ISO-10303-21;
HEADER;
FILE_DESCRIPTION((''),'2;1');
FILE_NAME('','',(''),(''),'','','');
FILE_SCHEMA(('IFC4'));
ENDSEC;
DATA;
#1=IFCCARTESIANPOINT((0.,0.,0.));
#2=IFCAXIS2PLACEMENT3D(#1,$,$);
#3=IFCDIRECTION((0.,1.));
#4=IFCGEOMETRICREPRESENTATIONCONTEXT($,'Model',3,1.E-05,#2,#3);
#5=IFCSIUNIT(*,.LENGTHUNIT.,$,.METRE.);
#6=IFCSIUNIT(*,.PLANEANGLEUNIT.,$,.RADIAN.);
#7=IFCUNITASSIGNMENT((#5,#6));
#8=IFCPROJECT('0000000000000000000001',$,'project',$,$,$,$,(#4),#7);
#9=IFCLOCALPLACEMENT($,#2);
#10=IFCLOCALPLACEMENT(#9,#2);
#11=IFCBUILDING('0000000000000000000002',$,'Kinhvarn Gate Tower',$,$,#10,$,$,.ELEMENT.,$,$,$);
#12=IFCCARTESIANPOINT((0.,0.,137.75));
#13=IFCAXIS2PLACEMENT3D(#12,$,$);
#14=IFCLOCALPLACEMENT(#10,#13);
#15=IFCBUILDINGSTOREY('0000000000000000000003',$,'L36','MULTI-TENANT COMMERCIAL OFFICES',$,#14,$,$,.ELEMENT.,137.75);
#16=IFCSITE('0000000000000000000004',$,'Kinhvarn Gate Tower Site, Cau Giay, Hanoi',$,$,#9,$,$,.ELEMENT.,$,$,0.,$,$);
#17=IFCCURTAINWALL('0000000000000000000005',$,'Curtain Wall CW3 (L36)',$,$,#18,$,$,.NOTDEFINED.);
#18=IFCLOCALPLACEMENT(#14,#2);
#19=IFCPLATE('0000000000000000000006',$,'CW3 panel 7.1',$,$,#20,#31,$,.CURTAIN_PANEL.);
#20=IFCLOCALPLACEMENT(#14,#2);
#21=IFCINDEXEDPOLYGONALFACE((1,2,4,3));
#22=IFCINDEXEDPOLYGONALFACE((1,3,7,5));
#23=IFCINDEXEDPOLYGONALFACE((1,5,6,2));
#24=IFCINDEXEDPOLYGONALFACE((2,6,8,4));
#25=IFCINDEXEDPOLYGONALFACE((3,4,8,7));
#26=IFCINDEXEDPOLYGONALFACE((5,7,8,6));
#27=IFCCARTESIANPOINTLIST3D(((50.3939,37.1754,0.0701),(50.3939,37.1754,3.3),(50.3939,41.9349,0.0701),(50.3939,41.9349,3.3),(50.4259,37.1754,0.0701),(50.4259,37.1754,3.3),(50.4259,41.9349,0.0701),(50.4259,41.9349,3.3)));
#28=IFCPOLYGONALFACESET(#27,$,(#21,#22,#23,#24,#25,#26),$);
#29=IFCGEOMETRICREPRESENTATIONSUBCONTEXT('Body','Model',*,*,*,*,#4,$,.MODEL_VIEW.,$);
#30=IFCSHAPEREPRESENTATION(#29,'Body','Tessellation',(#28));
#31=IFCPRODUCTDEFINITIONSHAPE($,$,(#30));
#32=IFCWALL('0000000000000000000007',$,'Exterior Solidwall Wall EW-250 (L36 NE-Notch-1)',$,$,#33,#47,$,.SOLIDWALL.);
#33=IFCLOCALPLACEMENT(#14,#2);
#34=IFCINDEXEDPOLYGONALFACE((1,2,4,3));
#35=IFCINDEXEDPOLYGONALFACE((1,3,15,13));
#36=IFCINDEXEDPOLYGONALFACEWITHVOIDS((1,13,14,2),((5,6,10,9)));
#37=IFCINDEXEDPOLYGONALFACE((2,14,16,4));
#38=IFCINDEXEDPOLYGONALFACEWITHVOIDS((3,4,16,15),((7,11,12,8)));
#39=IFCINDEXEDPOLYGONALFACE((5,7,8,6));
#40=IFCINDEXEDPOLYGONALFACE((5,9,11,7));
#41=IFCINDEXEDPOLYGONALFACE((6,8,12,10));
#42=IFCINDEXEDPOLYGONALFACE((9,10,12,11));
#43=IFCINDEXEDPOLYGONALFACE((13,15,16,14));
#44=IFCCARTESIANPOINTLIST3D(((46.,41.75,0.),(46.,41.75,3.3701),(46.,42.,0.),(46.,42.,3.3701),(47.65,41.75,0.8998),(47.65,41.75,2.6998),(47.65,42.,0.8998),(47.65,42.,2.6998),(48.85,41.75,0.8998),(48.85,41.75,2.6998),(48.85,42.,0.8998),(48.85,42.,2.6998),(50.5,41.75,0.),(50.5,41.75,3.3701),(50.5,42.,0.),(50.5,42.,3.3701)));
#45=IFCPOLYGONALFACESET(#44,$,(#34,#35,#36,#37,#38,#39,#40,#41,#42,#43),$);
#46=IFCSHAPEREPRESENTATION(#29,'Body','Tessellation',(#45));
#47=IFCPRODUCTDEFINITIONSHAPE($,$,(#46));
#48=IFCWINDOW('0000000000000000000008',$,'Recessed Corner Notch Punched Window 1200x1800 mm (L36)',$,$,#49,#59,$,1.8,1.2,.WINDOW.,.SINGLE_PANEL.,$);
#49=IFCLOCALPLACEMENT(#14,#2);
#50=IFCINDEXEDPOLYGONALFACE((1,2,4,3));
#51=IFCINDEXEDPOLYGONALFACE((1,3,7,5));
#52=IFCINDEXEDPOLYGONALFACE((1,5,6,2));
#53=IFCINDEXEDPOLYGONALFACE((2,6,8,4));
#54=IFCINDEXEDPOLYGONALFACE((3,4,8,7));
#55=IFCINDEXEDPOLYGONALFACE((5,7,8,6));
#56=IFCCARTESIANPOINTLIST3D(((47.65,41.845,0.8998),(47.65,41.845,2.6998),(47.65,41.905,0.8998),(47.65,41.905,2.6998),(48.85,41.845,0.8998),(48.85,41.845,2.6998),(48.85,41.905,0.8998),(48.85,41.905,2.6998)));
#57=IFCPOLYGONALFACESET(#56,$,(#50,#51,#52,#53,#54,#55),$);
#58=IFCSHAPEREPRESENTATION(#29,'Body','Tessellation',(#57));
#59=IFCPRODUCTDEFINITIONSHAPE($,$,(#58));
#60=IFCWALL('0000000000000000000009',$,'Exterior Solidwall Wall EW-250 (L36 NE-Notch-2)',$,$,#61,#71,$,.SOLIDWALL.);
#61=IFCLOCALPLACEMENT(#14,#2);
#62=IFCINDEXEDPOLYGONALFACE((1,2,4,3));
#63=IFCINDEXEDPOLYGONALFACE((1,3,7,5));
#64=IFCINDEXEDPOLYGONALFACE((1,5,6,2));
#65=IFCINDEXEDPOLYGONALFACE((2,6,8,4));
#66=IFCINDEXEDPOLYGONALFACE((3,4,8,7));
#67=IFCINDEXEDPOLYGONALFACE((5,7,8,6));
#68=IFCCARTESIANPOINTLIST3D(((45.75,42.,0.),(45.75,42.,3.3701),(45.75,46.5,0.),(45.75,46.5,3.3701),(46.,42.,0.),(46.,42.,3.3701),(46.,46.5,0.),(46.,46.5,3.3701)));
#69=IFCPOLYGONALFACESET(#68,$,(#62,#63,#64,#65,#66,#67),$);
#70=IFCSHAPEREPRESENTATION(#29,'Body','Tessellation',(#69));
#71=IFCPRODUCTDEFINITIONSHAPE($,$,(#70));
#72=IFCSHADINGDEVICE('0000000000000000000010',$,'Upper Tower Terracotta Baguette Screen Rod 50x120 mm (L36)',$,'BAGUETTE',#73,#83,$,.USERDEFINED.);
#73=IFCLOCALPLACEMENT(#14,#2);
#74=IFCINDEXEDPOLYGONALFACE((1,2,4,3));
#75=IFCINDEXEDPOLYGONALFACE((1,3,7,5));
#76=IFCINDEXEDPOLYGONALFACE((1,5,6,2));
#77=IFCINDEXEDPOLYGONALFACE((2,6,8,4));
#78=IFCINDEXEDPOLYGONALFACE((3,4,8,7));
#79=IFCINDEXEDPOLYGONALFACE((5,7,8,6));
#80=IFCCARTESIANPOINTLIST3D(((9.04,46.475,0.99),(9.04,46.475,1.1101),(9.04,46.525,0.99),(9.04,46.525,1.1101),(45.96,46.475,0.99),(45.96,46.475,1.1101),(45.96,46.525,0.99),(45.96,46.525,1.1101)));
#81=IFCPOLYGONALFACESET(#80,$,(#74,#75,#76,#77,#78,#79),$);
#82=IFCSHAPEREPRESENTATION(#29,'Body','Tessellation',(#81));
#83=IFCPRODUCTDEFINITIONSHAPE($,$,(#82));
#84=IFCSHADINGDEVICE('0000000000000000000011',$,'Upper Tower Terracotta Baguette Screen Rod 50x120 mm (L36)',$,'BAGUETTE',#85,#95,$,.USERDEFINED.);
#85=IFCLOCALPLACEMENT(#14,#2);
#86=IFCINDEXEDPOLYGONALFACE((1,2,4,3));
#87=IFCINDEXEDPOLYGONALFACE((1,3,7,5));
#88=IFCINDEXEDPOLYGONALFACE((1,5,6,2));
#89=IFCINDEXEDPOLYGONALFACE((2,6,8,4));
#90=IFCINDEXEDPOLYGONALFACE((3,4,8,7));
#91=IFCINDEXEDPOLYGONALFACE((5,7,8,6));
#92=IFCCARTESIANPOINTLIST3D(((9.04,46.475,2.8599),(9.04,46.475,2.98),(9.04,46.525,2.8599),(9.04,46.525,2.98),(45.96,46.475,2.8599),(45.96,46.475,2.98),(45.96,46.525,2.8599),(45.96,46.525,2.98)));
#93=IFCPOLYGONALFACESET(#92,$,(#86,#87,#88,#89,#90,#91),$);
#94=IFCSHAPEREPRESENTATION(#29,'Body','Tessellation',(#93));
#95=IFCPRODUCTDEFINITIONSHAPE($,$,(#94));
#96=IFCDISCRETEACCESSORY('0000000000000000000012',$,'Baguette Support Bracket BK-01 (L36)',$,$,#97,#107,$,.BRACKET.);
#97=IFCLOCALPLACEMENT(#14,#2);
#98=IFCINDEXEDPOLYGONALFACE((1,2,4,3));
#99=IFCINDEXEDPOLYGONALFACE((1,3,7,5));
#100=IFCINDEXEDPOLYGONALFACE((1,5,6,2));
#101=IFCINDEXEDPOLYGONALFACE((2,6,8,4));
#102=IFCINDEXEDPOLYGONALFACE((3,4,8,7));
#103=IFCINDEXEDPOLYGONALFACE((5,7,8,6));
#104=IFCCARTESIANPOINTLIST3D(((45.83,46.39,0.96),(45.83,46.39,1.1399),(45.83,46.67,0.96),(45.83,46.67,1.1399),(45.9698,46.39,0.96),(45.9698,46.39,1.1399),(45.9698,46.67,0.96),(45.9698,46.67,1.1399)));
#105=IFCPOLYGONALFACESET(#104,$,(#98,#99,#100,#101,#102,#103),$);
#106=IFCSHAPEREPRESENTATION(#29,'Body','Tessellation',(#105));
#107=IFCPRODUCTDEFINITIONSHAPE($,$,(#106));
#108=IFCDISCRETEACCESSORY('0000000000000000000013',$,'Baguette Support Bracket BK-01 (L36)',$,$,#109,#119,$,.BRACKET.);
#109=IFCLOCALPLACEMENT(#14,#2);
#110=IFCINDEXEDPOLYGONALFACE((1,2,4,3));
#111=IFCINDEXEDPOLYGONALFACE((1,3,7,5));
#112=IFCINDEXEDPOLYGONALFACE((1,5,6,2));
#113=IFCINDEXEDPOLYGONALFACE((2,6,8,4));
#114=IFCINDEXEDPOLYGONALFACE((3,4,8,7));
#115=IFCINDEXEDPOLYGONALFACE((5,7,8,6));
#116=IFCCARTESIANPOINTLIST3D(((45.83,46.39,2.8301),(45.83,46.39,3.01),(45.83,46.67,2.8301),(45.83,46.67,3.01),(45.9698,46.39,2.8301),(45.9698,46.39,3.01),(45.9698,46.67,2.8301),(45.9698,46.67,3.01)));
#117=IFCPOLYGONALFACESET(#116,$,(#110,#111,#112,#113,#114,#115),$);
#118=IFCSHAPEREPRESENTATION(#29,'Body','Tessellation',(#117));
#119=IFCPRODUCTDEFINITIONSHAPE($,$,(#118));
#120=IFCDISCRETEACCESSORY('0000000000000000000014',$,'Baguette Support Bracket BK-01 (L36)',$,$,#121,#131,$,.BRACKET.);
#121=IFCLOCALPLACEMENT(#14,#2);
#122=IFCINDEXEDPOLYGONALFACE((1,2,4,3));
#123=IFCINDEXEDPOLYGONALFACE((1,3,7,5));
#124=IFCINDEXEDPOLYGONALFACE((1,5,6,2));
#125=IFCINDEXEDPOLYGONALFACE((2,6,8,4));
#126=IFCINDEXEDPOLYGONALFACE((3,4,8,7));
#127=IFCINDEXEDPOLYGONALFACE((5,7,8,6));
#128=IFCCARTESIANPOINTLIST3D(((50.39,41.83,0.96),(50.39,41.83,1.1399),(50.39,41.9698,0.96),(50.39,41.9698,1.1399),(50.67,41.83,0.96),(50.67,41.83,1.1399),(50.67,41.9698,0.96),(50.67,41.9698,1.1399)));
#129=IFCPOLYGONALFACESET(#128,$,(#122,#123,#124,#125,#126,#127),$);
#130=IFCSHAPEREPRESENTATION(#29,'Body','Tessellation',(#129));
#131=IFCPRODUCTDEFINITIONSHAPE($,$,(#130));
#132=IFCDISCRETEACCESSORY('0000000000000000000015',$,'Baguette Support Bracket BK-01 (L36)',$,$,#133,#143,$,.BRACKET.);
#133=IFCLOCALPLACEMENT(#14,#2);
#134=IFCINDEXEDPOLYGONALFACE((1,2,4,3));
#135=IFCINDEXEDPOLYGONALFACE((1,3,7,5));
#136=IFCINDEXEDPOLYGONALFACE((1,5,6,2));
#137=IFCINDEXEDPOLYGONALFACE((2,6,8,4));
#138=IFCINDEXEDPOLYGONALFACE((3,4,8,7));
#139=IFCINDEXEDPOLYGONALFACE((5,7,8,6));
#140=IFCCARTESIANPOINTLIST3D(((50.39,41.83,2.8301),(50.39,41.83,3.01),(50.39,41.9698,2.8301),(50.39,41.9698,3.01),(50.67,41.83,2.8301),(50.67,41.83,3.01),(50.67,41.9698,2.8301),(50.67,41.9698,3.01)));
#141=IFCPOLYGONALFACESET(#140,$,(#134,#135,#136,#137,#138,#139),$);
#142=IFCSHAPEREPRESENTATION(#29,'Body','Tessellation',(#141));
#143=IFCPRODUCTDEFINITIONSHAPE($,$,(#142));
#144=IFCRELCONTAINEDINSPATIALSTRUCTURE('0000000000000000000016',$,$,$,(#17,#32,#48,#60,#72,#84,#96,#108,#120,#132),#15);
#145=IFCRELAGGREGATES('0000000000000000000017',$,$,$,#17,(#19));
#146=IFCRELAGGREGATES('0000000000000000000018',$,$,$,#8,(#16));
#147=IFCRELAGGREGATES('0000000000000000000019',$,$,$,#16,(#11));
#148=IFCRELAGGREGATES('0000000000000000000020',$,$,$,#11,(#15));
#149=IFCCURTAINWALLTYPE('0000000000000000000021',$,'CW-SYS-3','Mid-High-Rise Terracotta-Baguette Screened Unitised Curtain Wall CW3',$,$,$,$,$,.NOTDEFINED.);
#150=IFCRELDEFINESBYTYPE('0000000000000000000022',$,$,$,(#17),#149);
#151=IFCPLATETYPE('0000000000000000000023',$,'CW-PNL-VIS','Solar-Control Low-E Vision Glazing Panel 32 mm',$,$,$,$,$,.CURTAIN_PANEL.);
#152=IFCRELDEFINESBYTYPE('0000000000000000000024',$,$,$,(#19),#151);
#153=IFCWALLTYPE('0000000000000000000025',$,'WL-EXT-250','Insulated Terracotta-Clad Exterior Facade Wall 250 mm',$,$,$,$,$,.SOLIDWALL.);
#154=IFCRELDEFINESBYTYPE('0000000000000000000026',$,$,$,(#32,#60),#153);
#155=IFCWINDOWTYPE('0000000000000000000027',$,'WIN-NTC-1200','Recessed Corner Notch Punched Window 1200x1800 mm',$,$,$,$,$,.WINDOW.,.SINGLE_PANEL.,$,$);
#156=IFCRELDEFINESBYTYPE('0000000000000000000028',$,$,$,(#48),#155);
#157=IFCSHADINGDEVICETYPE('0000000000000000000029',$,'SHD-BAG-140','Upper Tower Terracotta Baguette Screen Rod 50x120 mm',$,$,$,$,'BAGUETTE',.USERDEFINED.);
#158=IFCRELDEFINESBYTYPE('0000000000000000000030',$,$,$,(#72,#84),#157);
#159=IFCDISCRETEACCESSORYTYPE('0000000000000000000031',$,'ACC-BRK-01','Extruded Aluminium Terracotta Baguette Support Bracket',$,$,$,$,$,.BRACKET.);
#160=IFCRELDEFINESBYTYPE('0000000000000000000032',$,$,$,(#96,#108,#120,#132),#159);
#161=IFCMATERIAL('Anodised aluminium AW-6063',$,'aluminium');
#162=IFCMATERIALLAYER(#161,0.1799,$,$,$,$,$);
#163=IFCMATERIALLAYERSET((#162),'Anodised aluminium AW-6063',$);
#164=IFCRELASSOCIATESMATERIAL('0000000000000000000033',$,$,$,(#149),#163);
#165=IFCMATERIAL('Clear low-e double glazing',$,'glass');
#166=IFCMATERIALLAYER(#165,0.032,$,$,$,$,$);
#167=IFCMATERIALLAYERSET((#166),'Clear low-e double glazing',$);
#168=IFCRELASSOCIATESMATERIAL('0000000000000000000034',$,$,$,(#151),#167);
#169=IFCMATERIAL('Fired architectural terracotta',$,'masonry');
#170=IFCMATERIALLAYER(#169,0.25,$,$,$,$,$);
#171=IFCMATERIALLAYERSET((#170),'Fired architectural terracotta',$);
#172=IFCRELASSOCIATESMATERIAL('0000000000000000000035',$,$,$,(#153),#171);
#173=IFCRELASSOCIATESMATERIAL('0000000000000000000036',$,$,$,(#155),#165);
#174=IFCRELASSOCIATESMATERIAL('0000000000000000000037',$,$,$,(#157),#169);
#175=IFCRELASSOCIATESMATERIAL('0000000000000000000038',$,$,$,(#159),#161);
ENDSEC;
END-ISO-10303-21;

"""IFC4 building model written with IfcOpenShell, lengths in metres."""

from ifc_helpers import new_model, si_unit, direction, frame, frame_2d, origin, origin_2d, place, context, subcontext, project, spatial, rectangle, extrude, material, layer, layer_set, material_profile, profile_set, type_object, element, fill, aggregate, save


model = new_model("IFC4")

# Units and contexts
model_context = context("Model", 3, precision=1e-05, world=origin(), true_north=direction((0.0, 1.0)))
body_context = subcontext(model_context, "Body", "Model", "MODEL_VIEW")
ifc_project = project(units=[si_unit("LENGTHUNIT", "METRE"), si_unit("PLANEANGLEUNIT", "RADIAN")], contexts=[model_context])

# Site, building, storey
site_placement = place(None, origin())
site = spatial("IfcSite", under=ifc_project, at=site_placement, Name="Kinhvarn Gate Tower Site, Cau Giay, Hanoi", CompositionType="ELEMENT", RefElevation=0.0)
building_placement = place(site_placement, origin())
building = spatial("IfcBuilding", under=site, at=building_placement, Name="Kinhvarn Gate Tower", CompositionType="ELEMENT")
storey_placement = place(building_placement, frame((0.0, 0.0, 137.75)))
storey = spatial("IfcBuildingStorey", under=building, at=storey_placement, Name="L36", Description="MULTI-TENANT COMMERCIAL OFFICES", CompositionType="ELEMENT", Elevation=137.75)

# Curtain wall
ifc_material_1 = material(Name="Anodised aluminium AW-6063", Category="aluminium")
ifc_layer_1 = layer(ifc_material_1, 0.1799)
ifc_layer_set_1 = layer_set([ifc_layer_1], Name="Anodised aluminium AW-6063")
curtain_wall_type = type_object("IfcCurtainWallType", Name="CW-SYS-3", Description="Mid-High-Rise Terracotta-Baguette Screened Unitised Curtain Wall CW3", PredefinedType="NOTDEFINED", material=ifc_layer_set_1)
curtain_wall_1_placement = place(storey_placement, origin())
curtain_wall_1 = element("IfcCurtainWall", 1, at=curtain_wall_1_placement, inside=storey, type_object=curtain_wall_type, Name="Curtain Wall CW3 (L36)", PredefinedType="NOTDEFINED")

# Plate
ifc_material_2 = material(Name="Clear low-e double glazing", Category="glass")
ifc_layer_2 = layer(ifc_material_2, 0.032)
ifc_layer_set_2 = layer_set([ifc_layer_2], Name="Clear low-e double glazing")
plate_type = type_object("IfcPlateType", Name="CW-PNL-VIS", Description="Solar-Control Low-E Vision Glazing Panel 32 mm", PredefinedType="CURTAIN_PANEL", material=ifc_layer_set_2)
plate_1_placement = place(storey_placement, frame((50.4099, 39.5552, 0.0701), z_axis=(0.0, 0.0, 1.0), x_axis=(0.0, 1.0, 0.0)))
plate_1 = element("IfcPlate", 2, at=plate_1_placement, type_object=plate_type, Name="CW3 panel 7.1", PredefinedType="CURTAIN_PANEL", context=body_context, shape_type="SweptSolid", body=[
    extrude(rectangle(XDim=4.7595, YDim=0.032, at=origin_2d()), origin(), (0.0, 0.0, 1.0), 3.23),
])
aggregate(curtain_wall_1, [plate_1])

# Wall, opening, window
ifc_material_3 = material(Name="Fired architectural terracotta", Category="masonry")
ifc_layer_3 = layer(ifc_material_3, 0.25)
ifc_layer_set_3 = layer_set([ifc_layer_3], Name="Fired architectural terracotta")
wall_type = type_object("IfcWallType", Name="WL-EXT-250", Description="Insulated Terracotta-Clad Exterior Facade Wall 250 mm", PredefinedType="SOLIDWALL", material=ifc_layer_set_3)
wall_1_placement = place(storey_placement, frame((50.5, 41.875, 0.0), z_axis=(0.0, 0.0, 1.0), x_axis=(-1.0, 0.0, 0.0)))
wall_1 = element("IfcWall", 3, at=wall_1_placement, inside=storey, type_object=wall_type, Name="Exterior Solidwall Wall EW-250 (L36 NE-Notch-1)", PredefinedType="SOLIDWALL", context=body_context, shape_type="SweptSolid", body=[
    extrude(rectangle(XDim=4.5, YDim=0.25, at=frame_2d((2.25, 0.0))), origin(), (0.0, 0.0, 1.0), 3.3701),
])
opening_placement = place(wall_1_placement, frame((1.6499, 0.0, 0.8999)))
opening = element("IfcOpeningElement", 4, at=opening_placement, cuts=wall_1, PredefinedType="OPENING", context=body_context, shape_type="SweptSolid", body=[
    extrude(rectangle(XDim=1.2, YDim=1.8, at=frame_2d((0.6001, 0.8999))), frame((0.0, 0.135, 0.0), z_axis=(0.0, -1.0, 0.0), x_axis=(1.0, 0.0, 0.0)), (0.0, 0.0, 1.0), 0.27),
])
window_type = type_object("IfcWindowType", Name="WIN-NTC-1200", Description="Recessed Corner Notch Punched Window 1200x1800 mm", PartitioningType="SINGLE_PANEL", PredefinedType="WINDOW", material=ifc_material_2)
window_placement = place(opening_placement, origin())
window = element("IfcWindow", 5, at=window_placement, inside=storey, type_object=window_type, Name="Recessed Corner Notch Punched Window 1200x1800 mm (L36)", OverallHeight=1.8, OverallWidth=1.2, PartitioningType="SINGLE_PANEL", PredefinedType="WINDOW", context=body_context, shape_type="SweptSolid", body=[
    extrude(rectangle(XDim=1.2, YDim=1.8, at=frame_2d((0.6001, 0.8999))), frame((0.0, 0.03, 0.0), z_axis=(0.0, -1.0, 0.0), x_axis=(1.0, 0.0, 0.0)), (0.0, 0.0, 1.0), 0.0601),
])
fill(opening, window)

# Wall
wall_2_placement = place(storey_placement, frame((45.875, 42.0, 0.0), z_axis=(0.0, 0.0, 1.0), x_axis=(0.0, 1.0, 0.0)))
element("IfcWall", 6, at=wall_2_placement, inside=storey, type_object=wall_type, Name="Exterior Solidwall Wall EW-250 (L36 NE-Notch-2)", PredefinedType="SOLIDWALL", context=body_context, shape_type="SweptSolid", body=[
    extrude(rectangle(XDim=4.5, YDim=0.25, at=frame_2d((2.25, 0.0))), origin(), (0.0, 0.0, 1.0), 3.3701),
])

# Shading devices
ifc_material_profile_1 = material_profile(ifc_material_3, rectangle(XDim=0.05, YDim=0.1201, at=origin_2d()), Name="TC 50x120")
ifc_profile_set_1 = profile_set([ifc_material_profile_1], Name="Fired architectural terracotta")
shading_device_type = type_object("IfcShadingDeviceType", Name="SHD-BAG-140", Description="Upper Tower Terracotta Baguette Screen Rod 50x120 mm", ElementType="BAGUETTE", PredefinedType="USERDEFINED", material=ifc_profile_set_1)
for number, where, z_axis, x_axis, name in (
    (7, (45.96, 46.5, 1.05), (-1.0, 0.0, 0.0), (0.0, -1.0, 0.0), "Upper Tower Terracotta Baguette Screen Rod 50x120 mm (L36)"),
    (8, (45.96, 46.5, 2.9199), (-1.0, 0.0, 0.0), (0.0, -1.0, 0.0), "Upper Tower Terracotta Baguette Screen Rod 50x120 mm (L36)"),
):
    element("IfcShadingDevice", number, at=place(storey_placement, frame(where, z_axis=z_axis, x_axis=x_axis)), inside=storey, type_object=shading_device_type, Name=name, ObjectType="BAGUETTE", PredefinedType="USERDEFINED", context=body_context, shape_type="SweptSolid", body=[
        extrude(rectangle(XDim=0.05, YDim=0.1201, at=origin_2d()), origin(), (0.0, 0.0, 1.0), 36.9199),
    ])

# Discrete accessories
discrete_accessory_type = type_object("IfcDiscreteAccessoryType", Name="ACC-BRK-01", Description="Extruded Aluminium Terracotta Baguette Support Bracket", PredefinedType="BRACKET", material=ifc_material_1)
for number, where, z_axis, x_axis, name in (
    (9, (45.8999, 46.53, 0.96), (0.0, 0.0, 1.0), (-1.0, 0.0, 0.0), "Baguette Support Bracket BK-01 (L36)"),
    (10, (45.8999, 46.53, 2.8301), (0.0, 0.0, 1.0), (-1.0, 0.0, 0.0), "Baguette Support Bracket BK-01 (L36)"),
    (11, (50.53, 41.8999, 0.96), (0.0, 0.0, 1.0), (0.0, 1.0, 0.0), "Baguette Support Bracket BK-01 (L36)"),
    (12, (50.53, 41.8999, 2.8301), (0.0, 0.0, 1.0), (0.0, 1.0, 0.0), "Baguette Support Bracket BK-01 (L36)"),
):
    element("IfcDiscreteAccessory", number, at=place(storey_placement, frame(where, z_axis=z_axis, x_axis=x_axis)), inside=storey, type_object=discrete_accessory_type, Name=name, PredefinedType="BRACKET", context=body_context, shape_type="SweptSolid", body=[
        extrude(rectangle(XDim=0.1399, YDim=0.28, at=origin_2d()), origin(), (0.0, 0.0, 1.0), 0.1799),
    ])

save(model, "model.ifc")
